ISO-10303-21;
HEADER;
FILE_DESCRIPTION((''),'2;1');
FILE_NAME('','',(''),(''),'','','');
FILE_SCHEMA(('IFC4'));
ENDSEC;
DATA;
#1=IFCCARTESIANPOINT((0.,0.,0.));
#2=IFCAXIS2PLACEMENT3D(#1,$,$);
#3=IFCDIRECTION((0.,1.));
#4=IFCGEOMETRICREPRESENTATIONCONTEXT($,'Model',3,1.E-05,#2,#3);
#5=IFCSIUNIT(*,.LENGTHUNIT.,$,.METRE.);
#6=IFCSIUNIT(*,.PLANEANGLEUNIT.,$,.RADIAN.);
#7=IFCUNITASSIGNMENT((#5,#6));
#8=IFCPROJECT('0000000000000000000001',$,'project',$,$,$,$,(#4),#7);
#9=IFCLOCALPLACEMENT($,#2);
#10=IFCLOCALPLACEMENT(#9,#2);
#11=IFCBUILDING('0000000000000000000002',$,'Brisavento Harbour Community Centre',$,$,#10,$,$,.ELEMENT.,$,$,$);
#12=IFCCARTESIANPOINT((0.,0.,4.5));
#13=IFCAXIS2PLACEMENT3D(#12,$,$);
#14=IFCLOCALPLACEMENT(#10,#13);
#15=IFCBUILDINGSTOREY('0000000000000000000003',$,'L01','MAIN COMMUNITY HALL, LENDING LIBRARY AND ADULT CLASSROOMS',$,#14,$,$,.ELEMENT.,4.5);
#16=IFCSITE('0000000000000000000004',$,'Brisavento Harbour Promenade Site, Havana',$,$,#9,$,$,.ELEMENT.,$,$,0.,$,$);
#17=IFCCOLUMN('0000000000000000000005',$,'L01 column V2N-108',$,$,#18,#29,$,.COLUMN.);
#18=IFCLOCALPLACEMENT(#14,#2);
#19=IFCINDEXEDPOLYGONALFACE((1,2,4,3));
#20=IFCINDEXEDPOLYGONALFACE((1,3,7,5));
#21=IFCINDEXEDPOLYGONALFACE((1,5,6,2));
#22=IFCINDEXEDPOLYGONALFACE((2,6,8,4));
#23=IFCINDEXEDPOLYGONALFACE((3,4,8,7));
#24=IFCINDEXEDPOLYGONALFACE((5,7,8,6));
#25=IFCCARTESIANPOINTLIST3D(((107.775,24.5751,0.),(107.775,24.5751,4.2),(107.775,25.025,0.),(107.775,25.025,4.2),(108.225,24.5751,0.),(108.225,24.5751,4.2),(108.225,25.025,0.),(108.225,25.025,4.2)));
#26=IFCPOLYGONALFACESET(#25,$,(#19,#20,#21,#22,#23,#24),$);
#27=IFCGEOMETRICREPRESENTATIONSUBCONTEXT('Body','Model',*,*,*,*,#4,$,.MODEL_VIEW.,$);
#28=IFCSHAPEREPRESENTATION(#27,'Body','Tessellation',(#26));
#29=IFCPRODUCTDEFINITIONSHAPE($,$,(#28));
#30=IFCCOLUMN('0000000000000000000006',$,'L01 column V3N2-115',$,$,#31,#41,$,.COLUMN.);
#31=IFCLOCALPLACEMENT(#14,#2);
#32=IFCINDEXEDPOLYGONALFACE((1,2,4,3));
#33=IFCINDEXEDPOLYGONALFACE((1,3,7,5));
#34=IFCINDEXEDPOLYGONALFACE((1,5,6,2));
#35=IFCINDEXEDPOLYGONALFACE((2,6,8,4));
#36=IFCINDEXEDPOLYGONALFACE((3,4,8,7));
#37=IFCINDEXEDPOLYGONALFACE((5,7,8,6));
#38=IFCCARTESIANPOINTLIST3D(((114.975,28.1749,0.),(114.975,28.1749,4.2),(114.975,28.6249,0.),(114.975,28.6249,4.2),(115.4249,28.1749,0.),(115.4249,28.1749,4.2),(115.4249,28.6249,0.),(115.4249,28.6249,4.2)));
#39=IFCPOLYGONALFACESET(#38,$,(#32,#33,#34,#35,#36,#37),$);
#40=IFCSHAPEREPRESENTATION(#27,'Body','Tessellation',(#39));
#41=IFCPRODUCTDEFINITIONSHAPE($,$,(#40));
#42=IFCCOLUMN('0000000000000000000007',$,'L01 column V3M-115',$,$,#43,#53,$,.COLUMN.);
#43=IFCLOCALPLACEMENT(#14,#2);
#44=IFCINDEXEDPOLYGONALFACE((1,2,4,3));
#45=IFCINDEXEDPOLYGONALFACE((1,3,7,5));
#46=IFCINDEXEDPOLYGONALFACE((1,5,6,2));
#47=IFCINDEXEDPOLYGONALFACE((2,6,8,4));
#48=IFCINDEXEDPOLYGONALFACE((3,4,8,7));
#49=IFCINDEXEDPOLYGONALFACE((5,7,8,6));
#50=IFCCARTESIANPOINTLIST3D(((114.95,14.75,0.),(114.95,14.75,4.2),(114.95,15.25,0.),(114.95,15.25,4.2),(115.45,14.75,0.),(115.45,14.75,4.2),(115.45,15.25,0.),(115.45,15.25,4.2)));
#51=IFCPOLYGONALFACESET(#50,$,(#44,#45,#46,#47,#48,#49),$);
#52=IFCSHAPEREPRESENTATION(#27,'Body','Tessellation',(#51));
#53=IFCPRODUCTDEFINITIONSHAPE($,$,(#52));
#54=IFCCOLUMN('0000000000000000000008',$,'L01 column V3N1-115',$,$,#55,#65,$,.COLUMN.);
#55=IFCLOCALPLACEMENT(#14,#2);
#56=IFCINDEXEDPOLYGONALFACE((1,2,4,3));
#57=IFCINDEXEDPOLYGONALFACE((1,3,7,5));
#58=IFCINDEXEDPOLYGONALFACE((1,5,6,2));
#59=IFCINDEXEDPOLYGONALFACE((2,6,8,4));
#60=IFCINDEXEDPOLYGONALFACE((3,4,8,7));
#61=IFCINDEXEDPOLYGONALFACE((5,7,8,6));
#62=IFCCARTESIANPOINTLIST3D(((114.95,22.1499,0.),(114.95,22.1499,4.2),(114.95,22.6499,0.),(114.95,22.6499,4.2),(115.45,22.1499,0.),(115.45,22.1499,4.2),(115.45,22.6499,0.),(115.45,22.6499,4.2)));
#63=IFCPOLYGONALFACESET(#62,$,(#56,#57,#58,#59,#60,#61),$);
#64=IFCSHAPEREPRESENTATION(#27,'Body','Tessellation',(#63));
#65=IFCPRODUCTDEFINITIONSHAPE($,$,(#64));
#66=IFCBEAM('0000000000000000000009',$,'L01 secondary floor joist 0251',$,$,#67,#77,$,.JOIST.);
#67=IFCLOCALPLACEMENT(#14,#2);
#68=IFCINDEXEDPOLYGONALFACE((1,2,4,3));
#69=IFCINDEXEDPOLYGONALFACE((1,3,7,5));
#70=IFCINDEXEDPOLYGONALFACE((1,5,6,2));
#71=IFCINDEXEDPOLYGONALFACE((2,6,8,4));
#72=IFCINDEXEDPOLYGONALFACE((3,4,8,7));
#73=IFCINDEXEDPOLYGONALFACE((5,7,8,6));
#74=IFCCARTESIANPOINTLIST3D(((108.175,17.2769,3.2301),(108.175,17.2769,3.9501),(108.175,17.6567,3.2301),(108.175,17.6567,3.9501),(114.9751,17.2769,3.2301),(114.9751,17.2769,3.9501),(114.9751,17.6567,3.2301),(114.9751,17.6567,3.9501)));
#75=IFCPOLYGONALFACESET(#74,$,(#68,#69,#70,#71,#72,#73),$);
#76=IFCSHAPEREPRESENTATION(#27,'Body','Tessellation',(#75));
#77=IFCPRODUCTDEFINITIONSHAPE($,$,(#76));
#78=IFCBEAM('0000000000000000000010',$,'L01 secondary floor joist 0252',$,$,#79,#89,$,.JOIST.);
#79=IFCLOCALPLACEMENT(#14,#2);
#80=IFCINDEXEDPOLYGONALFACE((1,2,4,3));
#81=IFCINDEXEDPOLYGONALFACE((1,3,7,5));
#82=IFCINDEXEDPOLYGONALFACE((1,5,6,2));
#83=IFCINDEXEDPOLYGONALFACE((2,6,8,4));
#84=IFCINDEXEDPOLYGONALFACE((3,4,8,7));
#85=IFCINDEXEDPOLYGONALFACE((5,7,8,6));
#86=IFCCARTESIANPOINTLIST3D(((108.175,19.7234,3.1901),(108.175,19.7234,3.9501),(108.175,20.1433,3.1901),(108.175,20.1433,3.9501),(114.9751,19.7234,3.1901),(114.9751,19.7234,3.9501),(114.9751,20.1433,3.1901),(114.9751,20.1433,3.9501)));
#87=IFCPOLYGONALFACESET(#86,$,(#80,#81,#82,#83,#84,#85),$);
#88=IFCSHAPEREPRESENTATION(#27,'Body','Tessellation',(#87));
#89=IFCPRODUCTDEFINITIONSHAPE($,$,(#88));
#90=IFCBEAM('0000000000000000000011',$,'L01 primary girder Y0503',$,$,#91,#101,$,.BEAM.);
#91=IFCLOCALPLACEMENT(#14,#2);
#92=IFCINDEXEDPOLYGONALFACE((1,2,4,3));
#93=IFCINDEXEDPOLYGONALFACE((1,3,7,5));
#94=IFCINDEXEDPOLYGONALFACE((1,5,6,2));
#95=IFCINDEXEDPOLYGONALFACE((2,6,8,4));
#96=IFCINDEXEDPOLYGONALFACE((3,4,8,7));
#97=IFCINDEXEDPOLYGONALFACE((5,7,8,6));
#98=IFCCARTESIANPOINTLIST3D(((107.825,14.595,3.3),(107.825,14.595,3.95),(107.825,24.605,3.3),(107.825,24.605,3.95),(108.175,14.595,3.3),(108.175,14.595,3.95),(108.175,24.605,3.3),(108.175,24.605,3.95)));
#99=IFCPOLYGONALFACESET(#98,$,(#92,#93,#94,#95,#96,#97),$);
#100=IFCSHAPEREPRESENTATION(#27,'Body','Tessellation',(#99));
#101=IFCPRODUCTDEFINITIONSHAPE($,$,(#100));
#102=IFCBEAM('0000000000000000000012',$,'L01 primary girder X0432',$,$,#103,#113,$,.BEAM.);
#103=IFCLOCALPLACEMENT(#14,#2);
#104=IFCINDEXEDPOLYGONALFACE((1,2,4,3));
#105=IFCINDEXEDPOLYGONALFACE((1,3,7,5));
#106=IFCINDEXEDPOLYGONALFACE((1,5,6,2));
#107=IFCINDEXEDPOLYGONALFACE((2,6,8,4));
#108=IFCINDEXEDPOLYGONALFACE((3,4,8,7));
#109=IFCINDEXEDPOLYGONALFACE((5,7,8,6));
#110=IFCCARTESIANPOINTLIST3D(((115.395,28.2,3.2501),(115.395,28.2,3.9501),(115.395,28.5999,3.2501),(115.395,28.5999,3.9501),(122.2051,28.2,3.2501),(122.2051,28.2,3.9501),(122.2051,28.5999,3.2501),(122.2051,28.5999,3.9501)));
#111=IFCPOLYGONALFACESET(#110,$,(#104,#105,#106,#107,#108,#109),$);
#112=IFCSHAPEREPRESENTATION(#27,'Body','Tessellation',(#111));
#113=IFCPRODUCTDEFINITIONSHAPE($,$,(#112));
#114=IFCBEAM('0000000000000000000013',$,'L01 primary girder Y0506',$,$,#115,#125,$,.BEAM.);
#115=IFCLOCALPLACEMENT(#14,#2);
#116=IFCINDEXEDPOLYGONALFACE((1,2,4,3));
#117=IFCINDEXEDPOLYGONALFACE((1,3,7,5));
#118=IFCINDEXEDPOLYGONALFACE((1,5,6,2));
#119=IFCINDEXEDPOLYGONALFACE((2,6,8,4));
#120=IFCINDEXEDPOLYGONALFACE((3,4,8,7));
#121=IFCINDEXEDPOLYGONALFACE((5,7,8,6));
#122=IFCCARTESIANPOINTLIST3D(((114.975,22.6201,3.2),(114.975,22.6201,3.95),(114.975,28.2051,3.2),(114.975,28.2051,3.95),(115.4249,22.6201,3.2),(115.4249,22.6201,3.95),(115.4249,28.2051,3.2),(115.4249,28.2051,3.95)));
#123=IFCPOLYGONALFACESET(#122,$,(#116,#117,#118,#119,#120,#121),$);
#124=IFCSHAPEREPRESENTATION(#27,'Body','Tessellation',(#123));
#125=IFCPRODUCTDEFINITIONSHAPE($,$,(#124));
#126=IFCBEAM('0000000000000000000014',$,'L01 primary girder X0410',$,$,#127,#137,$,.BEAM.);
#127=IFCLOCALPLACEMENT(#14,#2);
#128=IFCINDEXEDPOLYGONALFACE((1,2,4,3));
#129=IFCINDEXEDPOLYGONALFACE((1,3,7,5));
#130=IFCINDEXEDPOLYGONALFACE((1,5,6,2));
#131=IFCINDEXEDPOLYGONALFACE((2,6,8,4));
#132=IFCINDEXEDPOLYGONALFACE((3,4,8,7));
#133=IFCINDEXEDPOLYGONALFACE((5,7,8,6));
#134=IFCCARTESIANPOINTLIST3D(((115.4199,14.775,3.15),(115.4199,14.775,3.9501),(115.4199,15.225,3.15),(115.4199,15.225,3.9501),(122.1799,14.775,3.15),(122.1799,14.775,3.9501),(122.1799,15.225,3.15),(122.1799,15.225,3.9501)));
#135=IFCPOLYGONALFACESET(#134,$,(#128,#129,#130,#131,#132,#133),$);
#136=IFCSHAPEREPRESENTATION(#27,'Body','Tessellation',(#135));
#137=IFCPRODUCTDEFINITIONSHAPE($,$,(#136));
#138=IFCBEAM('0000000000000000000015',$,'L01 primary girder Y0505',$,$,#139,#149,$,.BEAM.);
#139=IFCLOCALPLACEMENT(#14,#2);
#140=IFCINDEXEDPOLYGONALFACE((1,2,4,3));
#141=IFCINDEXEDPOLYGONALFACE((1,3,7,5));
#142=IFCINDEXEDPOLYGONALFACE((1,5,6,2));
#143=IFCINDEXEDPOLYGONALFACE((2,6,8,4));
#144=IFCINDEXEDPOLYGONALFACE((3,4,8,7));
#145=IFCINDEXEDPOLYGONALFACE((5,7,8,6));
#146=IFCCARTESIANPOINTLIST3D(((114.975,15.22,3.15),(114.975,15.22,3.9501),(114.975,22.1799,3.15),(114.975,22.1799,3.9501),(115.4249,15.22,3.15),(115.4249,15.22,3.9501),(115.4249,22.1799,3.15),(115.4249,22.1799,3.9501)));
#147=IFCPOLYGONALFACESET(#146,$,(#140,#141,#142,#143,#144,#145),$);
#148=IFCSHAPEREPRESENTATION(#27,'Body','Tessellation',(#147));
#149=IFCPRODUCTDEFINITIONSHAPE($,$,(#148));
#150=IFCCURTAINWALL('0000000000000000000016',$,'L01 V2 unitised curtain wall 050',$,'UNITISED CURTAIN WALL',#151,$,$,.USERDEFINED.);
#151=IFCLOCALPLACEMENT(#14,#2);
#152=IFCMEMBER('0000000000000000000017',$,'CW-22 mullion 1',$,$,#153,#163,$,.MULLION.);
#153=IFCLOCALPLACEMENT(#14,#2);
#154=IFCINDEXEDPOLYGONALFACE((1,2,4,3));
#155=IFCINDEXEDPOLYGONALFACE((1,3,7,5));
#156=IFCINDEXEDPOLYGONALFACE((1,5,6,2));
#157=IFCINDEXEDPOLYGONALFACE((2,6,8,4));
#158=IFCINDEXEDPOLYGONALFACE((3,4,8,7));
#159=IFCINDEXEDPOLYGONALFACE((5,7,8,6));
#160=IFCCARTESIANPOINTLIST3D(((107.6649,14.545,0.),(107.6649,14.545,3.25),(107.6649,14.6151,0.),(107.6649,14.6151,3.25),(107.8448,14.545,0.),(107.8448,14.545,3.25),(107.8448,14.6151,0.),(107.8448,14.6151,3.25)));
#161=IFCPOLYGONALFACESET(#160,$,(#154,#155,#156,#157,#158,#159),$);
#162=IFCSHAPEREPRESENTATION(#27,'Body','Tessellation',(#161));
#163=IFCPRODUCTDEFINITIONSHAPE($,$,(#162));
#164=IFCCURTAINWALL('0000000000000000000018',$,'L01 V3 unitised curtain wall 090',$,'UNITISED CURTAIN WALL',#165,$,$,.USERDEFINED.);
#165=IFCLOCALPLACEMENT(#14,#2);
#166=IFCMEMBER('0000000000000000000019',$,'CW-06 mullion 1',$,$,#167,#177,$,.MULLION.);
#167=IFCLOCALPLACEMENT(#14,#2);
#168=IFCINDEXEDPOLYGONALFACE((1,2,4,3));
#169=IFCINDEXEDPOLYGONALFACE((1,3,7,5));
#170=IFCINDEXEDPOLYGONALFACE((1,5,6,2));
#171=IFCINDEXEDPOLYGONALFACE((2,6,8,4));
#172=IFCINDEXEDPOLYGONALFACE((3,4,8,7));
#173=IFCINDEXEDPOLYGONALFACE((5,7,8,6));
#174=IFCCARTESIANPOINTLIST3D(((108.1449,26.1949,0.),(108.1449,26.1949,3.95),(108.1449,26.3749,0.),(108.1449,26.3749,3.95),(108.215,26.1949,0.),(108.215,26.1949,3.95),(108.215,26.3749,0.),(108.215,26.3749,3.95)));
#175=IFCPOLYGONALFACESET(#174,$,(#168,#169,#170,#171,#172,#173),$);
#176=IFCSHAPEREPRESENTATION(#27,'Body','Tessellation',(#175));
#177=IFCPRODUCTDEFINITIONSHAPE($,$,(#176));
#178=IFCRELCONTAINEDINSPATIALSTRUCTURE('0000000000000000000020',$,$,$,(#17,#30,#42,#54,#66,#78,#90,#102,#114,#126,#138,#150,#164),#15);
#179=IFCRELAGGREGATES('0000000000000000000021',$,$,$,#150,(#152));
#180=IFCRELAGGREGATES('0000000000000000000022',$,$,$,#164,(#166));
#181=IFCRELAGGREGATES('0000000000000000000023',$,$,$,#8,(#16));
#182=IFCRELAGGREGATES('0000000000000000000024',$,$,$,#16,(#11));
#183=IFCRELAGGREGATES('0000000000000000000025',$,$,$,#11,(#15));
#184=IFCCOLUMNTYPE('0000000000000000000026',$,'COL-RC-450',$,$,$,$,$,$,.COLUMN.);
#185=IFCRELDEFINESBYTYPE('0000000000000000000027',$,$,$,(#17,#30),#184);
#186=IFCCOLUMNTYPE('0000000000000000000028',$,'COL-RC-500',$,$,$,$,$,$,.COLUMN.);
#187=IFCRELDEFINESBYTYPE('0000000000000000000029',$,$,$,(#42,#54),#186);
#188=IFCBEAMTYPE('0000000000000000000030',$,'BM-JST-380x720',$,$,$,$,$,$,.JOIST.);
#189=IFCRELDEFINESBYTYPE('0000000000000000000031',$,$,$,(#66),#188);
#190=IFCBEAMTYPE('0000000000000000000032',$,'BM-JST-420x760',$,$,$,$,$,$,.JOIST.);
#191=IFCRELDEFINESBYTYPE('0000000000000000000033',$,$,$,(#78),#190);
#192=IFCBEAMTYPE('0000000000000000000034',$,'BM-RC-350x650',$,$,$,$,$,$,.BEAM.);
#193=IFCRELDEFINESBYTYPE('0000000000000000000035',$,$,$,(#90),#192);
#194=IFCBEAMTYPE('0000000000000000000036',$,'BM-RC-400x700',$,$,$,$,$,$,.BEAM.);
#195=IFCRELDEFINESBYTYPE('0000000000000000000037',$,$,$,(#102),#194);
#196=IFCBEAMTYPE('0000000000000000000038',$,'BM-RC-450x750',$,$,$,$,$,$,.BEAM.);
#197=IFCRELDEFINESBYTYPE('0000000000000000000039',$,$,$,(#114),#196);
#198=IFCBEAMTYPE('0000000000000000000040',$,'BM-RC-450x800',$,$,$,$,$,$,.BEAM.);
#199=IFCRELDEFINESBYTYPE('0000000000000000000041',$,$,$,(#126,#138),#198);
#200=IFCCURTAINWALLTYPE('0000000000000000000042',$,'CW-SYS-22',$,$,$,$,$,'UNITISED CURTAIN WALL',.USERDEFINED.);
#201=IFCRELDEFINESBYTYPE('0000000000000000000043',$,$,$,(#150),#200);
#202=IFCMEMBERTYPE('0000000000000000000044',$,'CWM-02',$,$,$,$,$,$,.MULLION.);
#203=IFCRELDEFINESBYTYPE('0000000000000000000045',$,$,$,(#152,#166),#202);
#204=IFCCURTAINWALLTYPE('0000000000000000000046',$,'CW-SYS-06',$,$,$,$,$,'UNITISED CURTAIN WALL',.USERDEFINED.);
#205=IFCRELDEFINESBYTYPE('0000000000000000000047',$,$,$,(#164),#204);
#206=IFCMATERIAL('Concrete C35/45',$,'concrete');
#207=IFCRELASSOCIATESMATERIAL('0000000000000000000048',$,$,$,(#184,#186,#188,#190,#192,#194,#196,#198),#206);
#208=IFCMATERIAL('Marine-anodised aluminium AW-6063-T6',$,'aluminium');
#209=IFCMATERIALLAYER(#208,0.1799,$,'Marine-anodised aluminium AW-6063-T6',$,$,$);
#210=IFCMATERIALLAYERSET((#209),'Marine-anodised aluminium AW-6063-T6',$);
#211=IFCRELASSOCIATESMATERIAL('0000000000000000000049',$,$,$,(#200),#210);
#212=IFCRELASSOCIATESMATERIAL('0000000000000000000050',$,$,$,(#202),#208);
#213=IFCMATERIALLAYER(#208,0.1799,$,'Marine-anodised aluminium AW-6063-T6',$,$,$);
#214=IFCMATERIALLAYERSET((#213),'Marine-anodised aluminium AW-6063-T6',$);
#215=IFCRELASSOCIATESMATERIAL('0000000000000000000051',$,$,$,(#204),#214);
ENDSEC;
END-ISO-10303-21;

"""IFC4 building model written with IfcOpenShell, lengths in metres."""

from ifc_helpers import new_model, si_unit, direction, frame, origin, origin_2d, place, context, subcontext, project, spatial, rectangle, extrude, material, layer, layer_set, material_profile, profile_set, type_object, element, aggregate, save


model = new_model("IFC4")

# Units and contexts
model_context = context("Model", 3, precision=1e-05, world=origin(), true_north=direction((0.0, 1.0)))
body_context = subcontext(model_context, "Body", "Model", "MODEL_VIEW")
ifc_project = project(units=[si_unit("LENGTHUNIT", "METRE"), si_unit("PLANEANGLEUNIT", "RADIAN")], contexts=[model_context])

# Site, building, storey
site_placement = place(None, origin())
site = spatial("IfcSite", under=ifc_project, at=site_placement, Name="Brisavento Harbour Promenade Site, Havana", CompositionType="ELEMENT", RefElevation=0.0)
building_placement = place(site_placement, origin())
building = spatial("IfcBuilding", under=site, at=building_placement, Name="Brisavento Harbour Community Centre", CompositionType="ELEMENT")
storey_placement = place(building_placement, frame((0.0, 0.0, 4.5)))
storey = spatial("IfcBuildingStorey", under=building, at=storey_placement, Name="L01", Description="MAIN COMMUNITY HALL, LENDING LIBRARY AND ADULT CLASSROOMS", CompositionType="ELEMENT", Elevation=4.5)

# Columns
ifc_material_1 = material(Name="Concrete C35/45", Category="concrete")
ifc_material_profile_1 = material_profile(ifc_material_1, rectangle(XDim=0.45, YDim=0.45, at=origin_2d()), Name="Concrete C35/45")
ifc_profile_set_1 = profile_set([ifc_material_profile_1], Name="Concrete C35/45")
column_type_1 = type_object("IfcColumnType", Name="COL-RC-450", PredefinedType="COLUMN", material=ifc_profile_set_1)
for number, where, z_axis, x_axis, name in (
    (1, (108.0, 24.8, 0.0), (0.0, 0.0, 1.0), (1.0, 0.0, 0.0), "L01 column V2N-108"),
    (2, (115.2, 28.3999, 0.0), (0.0, 0.0, 1.0), (1.0, 0.0, 0.0), "L01 column V3N2-115"),
):
    element("IfcColumn", number, at=place(storey_placement, frame(where, z_axis=z_axis, x_axis=x_axis)), inside=storey, type_object=column_type_1, Name=name, PredefinedType="COLUMN", context=body_context, shape_type="SweptSolid", body=[
        extrude(rectangle(XDim=0.45, YDim=0.45, at=origin_2d()), origin(), (0.0, 0.0, 1.0), 4.2),
    ])
ifc_material_profile_2 = material_profile(ifc_material_1, rectangle(XDim=0.5, YDim=0.5, at=origin_2d()), Name="Concrete C35/45")
ifc_profile_set_2 = profile_set([ifc_material_profile_2], Name="Concrete C35/45")
column_type_2 = type_object("IfcColumnType", Name="COL-RC-500", PredefinedType="COLUMN", material=ifc_profile_set_2)
for number, where, z_axis, x_axis, name in (
    (3, (115.2, 15.0, 0.0), (0.0, 0.0, 1.0), (1.0, 0.0, 0.0), "L01 column V3M-115"),
    (4, (115.2, 22.3999, 0.0), (0.0, 0.0, 1.0), (1.0, 0.0, 0.0), "L01 column V3N1-115"),
):
    element("IfcColumn", number, at=place(storey_placement, frame(where, z_axis=z_axis, x_axis=x_axis)), inside=storey, type_object=column_type_2, Name=name, PredefinedType="COLUMN", context=body_context, shape_type="SweptSolid", body=[
        extrude(rectangle(XDim=0.5, YDim=0.5, at=origin_2d()), origin(), (0.0, 0.0, 1.0), 4.2),
    ])

# Beams
ifc_material_profile_3 = material_profile(ifc_material_1, rectangle(XDim=0.3799, YDim=0.72, at=origin_2d()), Name="Concrete C35/45")
ifc_profile_set_3 = profile_set([ifc_material_profile_3], Name="Concrete C35/45")
beam_type_1 = type_object("IfcBeamType", Name="BM-JST-380x720", PredefinedType="JOIST", material=ifc_profile_set_3)
beam_1_placement = place(storey_placement, frame((108.175, 17.4668, 3.5901), z_axis=(1.0, 0.0, 0.0), x_axis=(0.0, 1.0, 0.0)))
element("IfcBeam", 5, at=beam_1_placement, inside=storey, type_object=beam_type_1, Name="L01 secondary floor joist 0251", PredefinedType="JOIST", context=body_context, shape_type="SweptSolid", body=[
    extrude(rectangle(XDim=0.3799, YDim=0.72, at=origin_2d()), origin(), (0.0, 0.0, 1.0), 6.8),
])
ifc_material_profile_4 = material_profile(ifc_material_1, rectangle(XDim=0.4199, YDim=0.76, at=origin_2d()), Name="Concrete C35/45")
ifc_profile_set_4 = profile_set([ifc_material_profile_4], Name="Concrete C35/45")
beam_type_2 = type_object("IfcBeamType", Name="BM-JST-420x760", PredefinedType="JOIST", material=ifc_profile_set_4)
beam_2_placement = place(storey_placement, frame((108.175, 19.9333, 3.5701), z_axis=(1.0, 0.0, 0.0), x_axis=(0.0, 1.0, 0.0)))
element("IfcBeam", 6, at=beam_2_placement, inside=storey, type_object=beam_type_2, Name="L01 secondary floor joist 0252", PredefinedType="JOIST", context=body_context, shape_type="SweptSolid", body=[
    extrude(rectangle(XDim=0.4199, YDim=0.76, at=origin_2d()), origin(), (0.0, 0.0, 1.0), 6.8),
])
ifc_material_profile_5 = material_profile(ifc_material_1, rectangle(XDim=0.3501, YDim=0.6499, at=origin_2d()), Name="Concrete C35/45")
ifc_profile_set_5 = profile_set([ifc_material_profile_5], Name="Concrete C35/45")
beam_type_3 = type_object("IfcBeamType", Name="BM-RC-350x650", PredefinedType="BEAM", material=ifc_profile_set_5)
beam_3_placement = place(storey_placement, frame((108.0, 14.595, 3.625), z_axis=(0.0, 1.0, 0.0), x_axis=(-1.0, 0.0, 0.0)))
element("IfcBeam", 7, at=beam_3_placement, inside=storey, type_object=beam_type_3, Name="L01 primary girder Y0503", PredefinedType="BEAM", context=body_context, shape_type="SweptSolid", body=[
    extrude(rectangle(XDim=0.3501, YDim=0.6499, at=origin_2d()), origin(), (0.0, 0.0, 1.0), 10.01),
])
ifc_material_profile_6 = material_profile(ifc_material_1, rectangle(XDim=0.3999, YDim=0.7, at=origin_2d()), Name="Concrete C35/45")
ifc_profile_set_6 = profile_set([ifc_material_profile_6], Name="Concrete C35/45")
beam_type_4 = type_object("IfcBeamType", Name="BM-RC-400x700", PredefinedType="BEAM", material=ifc_profile_set_6)
beam_4_placement = place(storey_placement, frame((115.395, 28.3999, 3.6001), z_axis=(1.0, 0.0, 0.0), x_axis=(0.0, 1.0, 0.0)))
element("IfcBeam", 8, at=beam_4_placement, inside=storey, type_object=beam_type_4, Name="L01 primary girder X0432", PredefinedType="BEAM", context=body_context, shape_type="SweptSolid", body=[
    extrude(rectangle(XDim=0.3999, YDim=0.7, at=origin_2d()), origin(), (0.0, 0.0, 1.0), 6.8101),
])
ifc_material_profile_7 = material_profile(ifc_material_1, rectangle(XDim=0.45, YDim=0.75, at=origin_2d()), Name="Concrete C35/45")
ifc_profile_set_7 = profile_set([ifc_material_profile_7], Name="Concrete C35/45")
beam_type_5 = type_object("IfcBeamType", Name="BM-RC-450x750", PredefinedType="BEAM", material=ifc_profile_set_7)
beam_5_placement = place(storey_placement, frame((115.2, 22.6201, 3.575), z_axis=(0.0, 1.0, 0.0), x_axis=(-1.0, 0.0, 0.0)))
element("IfcBeam", 9, at=beam_5_placement, inside=storey, type_object=beam_type_5, Name="L01 primary girder Y0506", PredefinedType="BEAM", context=body_context, shape_type="SweptSolid", body=[
    extrude(rectangle(XDim=0.45, YDim=0.75, at=origin_2d()), origin(), (0.0, 0.0, 1.0), 5.585),
])
ifc_material_profile_8 = material_profile(ifc_material_1, rectangle(XDim=0.45, YDim=0.8, at=origin_2d()), Name="Concrete C35/45")
ifc_profile_set_8 = profile_set([ifc_material_profile_8], Name="Concrete C35/45")
beam_type_6 = type_object("IfcBeamType", Name="BM-RC-450x800", PredefinedType="BEAM", material=ifc_profile_set_8)
beam_6_placement = place(storey_placement, frame((115.4199, 15.0, 3.55), z_axis=(1.0, 0.0, 0.0), x_axis=(0.0, 1.0, 0.0)))
element("IfcBeam", 10, at=beam_6_placement, inside=storey, type_object=beam_type_6, Name="L01 primary girder X0410", PredefinedType="BEAM", context=body_context, shape_type="SweptSolid", body=[
    extrude(rectangle(XDim=0.45, YDim=0.8, at=origin_2d()), origin(), (0.0, 0.0, 1.0), 6.76),
])
beam_7_placement = place(storey_placement, frame((115.2, 15.22, 3.55), z_axis=(0.0, 1.0, 0.0), x_axis=(-1.0, 0.0, 0.0)))
element("IfcBeam", 11, at=beam_7_placement, inside=storey, type_object=beam_type_6, Name="L01 primary girder Y0505", PredefinedType="BEAM", context=body_context, shape_type="SweptSolid", body=[
    extrude(rectangle(XDim=0.45, YDim=0.8, at=origin_2d()), origin(), (0.0, 0.0, 1.0), 6.96),
])

# Curtain walls, members
ifc_material_2 = material(Name="Marine-anodised aluminium AW-6063-T6", Category="aluminium")
ifc_layer_1 = layer(ifc_material_2, 0.1799, Name="Marine-anodised aluminium AW-6063-T6")
ifc_layer_set_1 = layer_set([ifc_layer_1], Name="Marine-anodised aluminium AW-6063-T6")
curtain_wall_type_1 = type_object("IfcCurtainWallType", Name="CW-SYS-22", ElementType="UNITISED CURTAIN WALL", PredefinedType="USERDEFINED", material=ifc_layer_set_1)
curtain_wall_1_placement = place(storey_placement, origin())
curtain_wall_1 = element("IfcCurtainWall", 12, at=curtain_wall_1_placement, inside=storey, type_object=curtain_wall_type_1, Name="L01 V2 unitised curtain wall 050", ObjectType="UNITISED CURTAIN WALL", PredefinedType="USERDEFINED")
ifc_material_profile_9 = material_profile(ifc_material_2, rectangle(XDim=0.0701, YDim=0.1799, at=origin_2d()), Name="Marine-anodised aluminium AW-6063-T6")
ifc_profile_set_9 = profile_set([ifc_material_profile_9], Name="Marine-anodised aluminium AW-6063-T6")
member_type_1 = type_object("IfcMemberType", Name="CWM-02", PredefinedType="MULLION", material=ifc_profile_set_9)
member_1_placement = place(storey_placement, frame((107.7549, 14.5801, 0.0), z_axis=(0.0, 0.0, 1.0), x_axis=(0.0, -1.0, 0.0)))
member_1 = element("IfcMember", 13, at=member_1_placement, type_object=member_type_1, Name="CW-22 mullion 1", PredefinedType="MULLION", context=body_context, shape_type="SweptSolid", body=[
    extrude(rectangle(XDim=0.0701, YDim=0.1799, at=origin_2d()), origin(), (0.0, 0.0, 1.0), 3.25),
])
ifc_layer_2 = layer(ifc_material_2, 0.1799, Name="Marine-anodised aluminium AW-6063-T6")
ifc_layer_set_2 = layer_set([ifc_layer_2], Name="Marine-anodised aluminium AW-6063-T6")
curtain_wall_type_2 = type_object("IfcCurtainWallType", Name="CW-SYS-06", ElementType="UNITISED CURTAIN WALL", PredefinedType="USERDEFINED", material=ifc_layer_set_2)
curtain_wall_2_placement = place(storey_placement, origin())
curtain_wall_2 = element("IfcCurtainWall", 14, at=curtain_wall_2_placement, inside=storey, type_object=curtain_wall_type_2, Name="L01 V3 unitised curtain wall 090", ObjectType="UNITISED CURTAIN WALL", PredefinedType="USERDEFINED")
member_2_placement = place(storey_placement, frame((108.1799, 26.2849, 0.0), z_axis=(0.0, 0.0, 1.0), x_axis=(-1.0, 0.0, 0.0)))
member_2 = element("IfcMember", 15, at=member_2_placement, type_object=member_type_1, Name="CW-06 mullion 1", PredefinedType="MULLION", context=body_context, shape_type="SweptSolid", body=[
    extrude(rectangle(XDim=0.0701, YDim=0.1799, at=origin_2d()), origin(), (0.0, 0.0, 1.0), 3.95),
])

aggregate(curtain_wall_1, [member_1])

aggregate(curtain_wall_2, [member_2])

save(model, "model.ifc")
